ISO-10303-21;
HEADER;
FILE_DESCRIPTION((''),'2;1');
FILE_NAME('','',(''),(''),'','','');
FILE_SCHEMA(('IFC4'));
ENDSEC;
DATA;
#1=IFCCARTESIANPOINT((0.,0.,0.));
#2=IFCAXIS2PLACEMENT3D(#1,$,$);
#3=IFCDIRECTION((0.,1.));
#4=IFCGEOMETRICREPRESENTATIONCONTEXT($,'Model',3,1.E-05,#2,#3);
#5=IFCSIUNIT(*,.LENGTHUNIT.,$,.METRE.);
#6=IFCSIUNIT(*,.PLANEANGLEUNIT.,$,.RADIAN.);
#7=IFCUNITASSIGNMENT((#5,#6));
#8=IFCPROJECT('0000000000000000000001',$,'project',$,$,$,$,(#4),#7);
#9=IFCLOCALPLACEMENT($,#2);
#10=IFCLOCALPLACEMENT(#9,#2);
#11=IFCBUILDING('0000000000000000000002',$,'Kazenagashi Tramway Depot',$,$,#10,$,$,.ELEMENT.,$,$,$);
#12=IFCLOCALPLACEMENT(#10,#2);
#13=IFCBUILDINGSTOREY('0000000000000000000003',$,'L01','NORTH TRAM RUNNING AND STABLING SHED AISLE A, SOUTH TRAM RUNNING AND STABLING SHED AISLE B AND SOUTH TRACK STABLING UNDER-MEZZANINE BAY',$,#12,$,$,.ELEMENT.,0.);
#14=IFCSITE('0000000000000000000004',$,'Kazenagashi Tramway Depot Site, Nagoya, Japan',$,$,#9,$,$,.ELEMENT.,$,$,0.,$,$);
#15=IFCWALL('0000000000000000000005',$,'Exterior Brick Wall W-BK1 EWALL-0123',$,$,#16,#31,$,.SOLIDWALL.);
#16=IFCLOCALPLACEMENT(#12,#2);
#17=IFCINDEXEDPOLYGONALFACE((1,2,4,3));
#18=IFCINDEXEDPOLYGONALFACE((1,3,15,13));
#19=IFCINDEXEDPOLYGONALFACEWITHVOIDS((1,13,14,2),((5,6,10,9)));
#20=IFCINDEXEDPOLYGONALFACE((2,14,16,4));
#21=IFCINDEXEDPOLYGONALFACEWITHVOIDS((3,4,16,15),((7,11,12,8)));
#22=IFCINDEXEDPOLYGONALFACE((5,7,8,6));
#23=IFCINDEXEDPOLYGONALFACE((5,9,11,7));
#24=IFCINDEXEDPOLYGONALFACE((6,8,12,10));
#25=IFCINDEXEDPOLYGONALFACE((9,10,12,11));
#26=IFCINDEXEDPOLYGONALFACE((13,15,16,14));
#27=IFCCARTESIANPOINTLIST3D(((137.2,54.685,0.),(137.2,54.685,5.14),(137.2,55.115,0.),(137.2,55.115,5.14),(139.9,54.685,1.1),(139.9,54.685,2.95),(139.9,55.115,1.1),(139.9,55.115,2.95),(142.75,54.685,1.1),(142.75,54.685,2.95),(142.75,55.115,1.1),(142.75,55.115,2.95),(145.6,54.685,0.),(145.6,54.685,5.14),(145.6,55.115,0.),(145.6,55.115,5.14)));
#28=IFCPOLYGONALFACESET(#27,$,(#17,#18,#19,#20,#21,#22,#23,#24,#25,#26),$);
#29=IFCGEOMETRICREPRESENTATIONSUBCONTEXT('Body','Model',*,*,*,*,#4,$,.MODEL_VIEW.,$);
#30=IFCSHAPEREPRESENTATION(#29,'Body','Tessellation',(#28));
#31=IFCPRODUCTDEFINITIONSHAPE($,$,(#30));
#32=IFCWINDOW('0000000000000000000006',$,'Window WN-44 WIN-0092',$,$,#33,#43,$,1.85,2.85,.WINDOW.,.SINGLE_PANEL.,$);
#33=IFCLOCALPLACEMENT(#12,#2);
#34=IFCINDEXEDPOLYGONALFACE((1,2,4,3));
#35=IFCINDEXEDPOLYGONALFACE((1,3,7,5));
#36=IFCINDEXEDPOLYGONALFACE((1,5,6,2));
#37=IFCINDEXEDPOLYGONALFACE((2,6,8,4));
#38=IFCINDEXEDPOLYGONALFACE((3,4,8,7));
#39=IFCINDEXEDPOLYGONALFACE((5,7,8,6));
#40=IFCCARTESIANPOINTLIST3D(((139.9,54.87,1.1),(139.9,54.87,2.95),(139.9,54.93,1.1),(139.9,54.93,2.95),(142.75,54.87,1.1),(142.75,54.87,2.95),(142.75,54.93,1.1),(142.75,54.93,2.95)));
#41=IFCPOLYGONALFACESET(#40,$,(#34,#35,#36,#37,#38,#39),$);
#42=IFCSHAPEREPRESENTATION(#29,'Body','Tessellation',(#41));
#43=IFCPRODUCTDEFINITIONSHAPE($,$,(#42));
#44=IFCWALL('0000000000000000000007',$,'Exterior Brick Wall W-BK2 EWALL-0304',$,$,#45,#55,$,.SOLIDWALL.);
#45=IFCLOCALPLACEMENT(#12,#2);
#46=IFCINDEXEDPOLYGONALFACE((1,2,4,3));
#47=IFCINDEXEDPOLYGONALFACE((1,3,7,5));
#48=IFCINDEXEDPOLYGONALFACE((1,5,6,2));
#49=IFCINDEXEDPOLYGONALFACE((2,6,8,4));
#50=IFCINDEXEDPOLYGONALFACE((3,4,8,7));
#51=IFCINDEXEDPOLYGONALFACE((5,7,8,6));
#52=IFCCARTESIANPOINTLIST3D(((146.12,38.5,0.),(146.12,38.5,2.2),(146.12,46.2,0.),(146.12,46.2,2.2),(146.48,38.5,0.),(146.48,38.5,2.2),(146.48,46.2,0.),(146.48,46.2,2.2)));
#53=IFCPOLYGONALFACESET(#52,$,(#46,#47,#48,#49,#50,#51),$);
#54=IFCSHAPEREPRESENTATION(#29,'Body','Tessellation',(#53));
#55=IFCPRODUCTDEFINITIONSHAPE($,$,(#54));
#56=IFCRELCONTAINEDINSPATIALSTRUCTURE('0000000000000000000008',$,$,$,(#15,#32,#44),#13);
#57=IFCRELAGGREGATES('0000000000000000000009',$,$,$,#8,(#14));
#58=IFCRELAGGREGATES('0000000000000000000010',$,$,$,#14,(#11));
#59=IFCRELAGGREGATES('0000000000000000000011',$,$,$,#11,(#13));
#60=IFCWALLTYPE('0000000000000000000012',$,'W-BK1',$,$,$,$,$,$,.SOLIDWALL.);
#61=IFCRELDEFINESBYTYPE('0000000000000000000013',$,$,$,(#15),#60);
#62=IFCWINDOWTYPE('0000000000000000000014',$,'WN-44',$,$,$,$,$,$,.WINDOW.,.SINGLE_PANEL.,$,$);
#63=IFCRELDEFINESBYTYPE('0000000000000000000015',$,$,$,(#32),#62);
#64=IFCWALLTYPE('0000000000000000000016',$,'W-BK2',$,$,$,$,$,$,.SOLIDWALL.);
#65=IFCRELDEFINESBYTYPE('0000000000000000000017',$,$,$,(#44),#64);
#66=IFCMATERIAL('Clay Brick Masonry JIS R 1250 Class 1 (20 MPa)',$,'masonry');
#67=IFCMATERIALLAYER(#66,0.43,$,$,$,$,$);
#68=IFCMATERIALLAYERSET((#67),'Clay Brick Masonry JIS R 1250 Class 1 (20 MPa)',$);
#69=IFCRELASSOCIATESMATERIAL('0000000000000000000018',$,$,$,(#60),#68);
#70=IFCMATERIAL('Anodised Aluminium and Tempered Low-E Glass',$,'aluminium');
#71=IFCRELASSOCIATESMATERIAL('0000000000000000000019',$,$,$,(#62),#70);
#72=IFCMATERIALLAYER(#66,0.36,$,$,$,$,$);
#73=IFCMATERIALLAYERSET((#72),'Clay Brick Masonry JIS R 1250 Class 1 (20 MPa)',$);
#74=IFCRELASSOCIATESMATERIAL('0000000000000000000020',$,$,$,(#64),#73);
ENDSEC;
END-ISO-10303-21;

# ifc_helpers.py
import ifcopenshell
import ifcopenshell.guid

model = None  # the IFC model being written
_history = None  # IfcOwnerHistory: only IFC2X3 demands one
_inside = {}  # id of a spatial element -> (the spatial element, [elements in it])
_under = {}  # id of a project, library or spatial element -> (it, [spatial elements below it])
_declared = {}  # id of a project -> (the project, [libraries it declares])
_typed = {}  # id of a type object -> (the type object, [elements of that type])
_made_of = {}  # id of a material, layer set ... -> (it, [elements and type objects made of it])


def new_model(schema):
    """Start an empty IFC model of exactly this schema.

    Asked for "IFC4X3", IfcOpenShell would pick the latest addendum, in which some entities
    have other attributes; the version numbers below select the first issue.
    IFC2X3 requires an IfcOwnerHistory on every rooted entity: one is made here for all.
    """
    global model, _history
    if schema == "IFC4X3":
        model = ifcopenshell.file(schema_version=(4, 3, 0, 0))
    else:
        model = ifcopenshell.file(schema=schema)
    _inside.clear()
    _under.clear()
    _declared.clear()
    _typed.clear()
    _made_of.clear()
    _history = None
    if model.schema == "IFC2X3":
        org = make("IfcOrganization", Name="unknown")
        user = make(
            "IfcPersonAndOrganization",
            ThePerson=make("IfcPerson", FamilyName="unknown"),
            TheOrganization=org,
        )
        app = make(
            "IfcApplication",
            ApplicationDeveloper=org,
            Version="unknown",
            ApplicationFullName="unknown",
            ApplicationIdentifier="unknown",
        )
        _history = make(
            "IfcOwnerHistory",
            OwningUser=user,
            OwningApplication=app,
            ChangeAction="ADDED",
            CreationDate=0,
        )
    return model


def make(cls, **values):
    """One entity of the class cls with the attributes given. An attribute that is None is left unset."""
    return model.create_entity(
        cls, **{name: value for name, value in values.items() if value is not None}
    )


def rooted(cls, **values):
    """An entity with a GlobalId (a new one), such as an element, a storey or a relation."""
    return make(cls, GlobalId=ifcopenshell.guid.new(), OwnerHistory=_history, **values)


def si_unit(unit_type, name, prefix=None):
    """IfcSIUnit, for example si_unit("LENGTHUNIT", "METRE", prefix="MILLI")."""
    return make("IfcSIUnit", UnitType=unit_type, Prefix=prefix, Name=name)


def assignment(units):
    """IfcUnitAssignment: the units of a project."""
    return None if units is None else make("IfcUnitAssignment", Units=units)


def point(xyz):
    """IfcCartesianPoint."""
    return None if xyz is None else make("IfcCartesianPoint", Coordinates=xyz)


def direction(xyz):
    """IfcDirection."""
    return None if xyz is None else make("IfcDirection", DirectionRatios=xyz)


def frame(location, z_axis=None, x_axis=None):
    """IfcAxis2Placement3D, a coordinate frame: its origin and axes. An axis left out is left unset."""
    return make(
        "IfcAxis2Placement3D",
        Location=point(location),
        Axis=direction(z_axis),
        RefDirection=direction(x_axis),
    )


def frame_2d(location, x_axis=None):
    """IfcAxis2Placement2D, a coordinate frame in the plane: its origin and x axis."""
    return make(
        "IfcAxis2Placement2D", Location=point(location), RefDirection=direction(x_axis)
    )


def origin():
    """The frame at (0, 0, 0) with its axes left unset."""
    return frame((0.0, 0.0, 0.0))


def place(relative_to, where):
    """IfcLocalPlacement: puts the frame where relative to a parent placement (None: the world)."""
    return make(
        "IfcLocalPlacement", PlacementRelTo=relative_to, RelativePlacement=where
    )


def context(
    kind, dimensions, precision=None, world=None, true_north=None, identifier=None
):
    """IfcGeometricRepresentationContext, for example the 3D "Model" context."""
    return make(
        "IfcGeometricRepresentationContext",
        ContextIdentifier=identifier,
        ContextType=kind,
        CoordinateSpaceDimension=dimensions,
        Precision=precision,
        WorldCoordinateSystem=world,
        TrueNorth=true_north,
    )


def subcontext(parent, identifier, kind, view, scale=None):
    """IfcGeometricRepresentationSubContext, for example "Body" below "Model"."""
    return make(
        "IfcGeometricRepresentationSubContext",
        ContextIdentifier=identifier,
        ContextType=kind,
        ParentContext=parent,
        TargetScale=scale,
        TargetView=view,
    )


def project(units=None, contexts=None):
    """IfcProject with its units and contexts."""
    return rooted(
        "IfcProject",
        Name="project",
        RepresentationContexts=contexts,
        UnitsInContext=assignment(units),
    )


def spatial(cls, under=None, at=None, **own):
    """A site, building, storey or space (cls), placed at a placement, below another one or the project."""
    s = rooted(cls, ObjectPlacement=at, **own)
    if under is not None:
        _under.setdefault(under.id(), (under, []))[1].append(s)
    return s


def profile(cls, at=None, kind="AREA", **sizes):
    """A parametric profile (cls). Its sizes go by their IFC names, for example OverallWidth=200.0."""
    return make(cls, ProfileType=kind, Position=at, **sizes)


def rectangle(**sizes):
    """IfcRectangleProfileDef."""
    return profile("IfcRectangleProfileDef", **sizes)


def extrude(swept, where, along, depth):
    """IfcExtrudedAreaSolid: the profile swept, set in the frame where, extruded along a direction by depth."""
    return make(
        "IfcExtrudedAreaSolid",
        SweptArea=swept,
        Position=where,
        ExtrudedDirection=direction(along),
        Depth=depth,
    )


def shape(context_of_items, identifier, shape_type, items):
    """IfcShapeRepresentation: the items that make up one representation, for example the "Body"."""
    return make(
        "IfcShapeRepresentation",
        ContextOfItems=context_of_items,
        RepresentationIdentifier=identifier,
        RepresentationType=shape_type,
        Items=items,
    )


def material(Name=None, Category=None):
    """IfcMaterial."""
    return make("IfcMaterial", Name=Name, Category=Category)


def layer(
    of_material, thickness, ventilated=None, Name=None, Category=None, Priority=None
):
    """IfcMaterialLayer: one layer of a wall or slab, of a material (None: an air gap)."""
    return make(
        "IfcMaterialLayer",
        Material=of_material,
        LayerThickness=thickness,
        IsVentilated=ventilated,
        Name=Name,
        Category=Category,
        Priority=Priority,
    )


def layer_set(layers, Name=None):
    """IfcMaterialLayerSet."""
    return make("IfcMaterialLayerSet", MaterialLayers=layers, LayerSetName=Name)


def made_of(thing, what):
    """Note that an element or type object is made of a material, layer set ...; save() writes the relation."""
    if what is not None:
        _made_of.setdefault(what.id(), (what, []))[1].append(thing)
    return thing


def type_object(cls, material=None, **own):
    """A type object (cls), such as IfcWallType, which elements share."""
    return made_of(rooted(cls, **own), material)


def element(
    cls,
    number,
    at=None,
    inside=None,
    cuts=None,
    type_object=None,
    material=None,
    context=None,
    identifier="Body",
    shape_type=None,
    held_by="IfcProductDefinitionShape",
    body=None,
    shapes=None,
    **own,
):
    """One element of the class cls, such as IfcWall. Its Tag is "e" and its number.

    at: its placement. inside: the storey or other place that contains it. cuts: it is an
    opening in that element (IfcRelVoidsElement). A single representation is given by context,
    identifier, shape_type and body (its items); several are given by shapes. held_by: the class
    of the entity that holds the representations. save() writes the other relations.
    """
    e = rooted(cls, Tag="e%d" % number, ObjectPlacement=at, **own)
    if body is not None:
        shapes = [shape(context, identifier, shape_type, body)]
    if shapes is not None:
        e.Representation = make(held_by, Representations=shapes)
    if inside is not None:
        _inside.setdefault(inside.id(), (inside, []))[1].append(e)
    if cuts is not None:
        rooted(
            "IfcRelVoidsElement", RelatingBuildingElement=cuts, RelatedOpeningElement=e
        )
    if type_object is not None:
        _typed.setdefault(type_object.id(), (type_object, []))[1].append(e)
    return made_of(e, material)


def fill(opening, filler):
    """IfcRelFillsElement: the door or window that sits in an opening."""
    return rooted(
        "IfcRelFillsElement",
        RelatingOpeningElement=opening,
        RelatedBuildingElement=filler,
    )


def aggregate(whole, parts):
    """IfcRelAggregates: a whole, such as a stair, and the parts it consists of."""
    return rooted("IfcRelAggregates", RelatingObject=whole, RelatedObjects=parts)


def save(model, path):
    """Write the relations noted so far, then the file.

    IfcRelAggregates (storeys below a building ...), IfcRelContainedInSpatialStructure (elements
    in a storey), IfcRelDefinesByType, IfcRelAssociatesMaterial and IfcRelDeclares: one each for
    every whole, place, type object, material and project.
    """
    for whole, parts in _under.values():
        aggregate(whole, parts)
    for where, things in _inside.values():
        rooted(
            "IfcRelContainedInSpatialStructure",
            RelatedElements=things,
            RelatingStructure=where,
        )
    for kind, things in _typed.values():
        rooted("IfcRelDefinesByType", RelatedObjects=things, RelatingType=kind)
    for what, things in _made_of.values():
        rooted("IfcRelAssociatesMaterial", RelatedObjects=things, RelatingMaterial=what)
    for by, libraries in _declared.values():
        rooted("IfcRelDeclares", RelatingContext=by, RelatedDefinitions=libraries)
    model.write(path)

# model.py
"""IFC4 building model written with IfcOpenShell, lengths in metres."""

from ifc_helpers import new_model, si_unit, direction, frame, frame_2d, origin, place, context, subcontext, project, spatial, rectangle, extrude, material, layer, layer_set, type_object, element, fill, save


model = new_model("IFC4")

# Units and contexts
model_context = context("Model", 3, precision=1e-05, world=origin(), true_north=direction((0.0, 1.0)))
body_context = subcontext(model_context, "Body", "Model", "MODEL_VIEW")
ifc_project = project(units=[si_unit("LENGTHUNIT", "METRE"), si_unit("PLANEANGLEUNIT", "RADIAN")], contexts=[model_context])

# Site, building, storey
site_placement = place(None, origin())
site = spatial("IfcSite", under=ifc_project, at=site_placement, Name="Kazenagashi Tramway Depot Site, Nagoya, Japan", CompositionType="ELEMENT", RefElevation=0.0)
building_placement = place(site_placement, origin())
building = spatial("IfcBuilding", under=site, at=building_placement, Name="Kazenagashi Tramway Depot", CompositionType="ELEMENT")
storey_placement = place(building_placement, origin())
storey = spatial("IfcBuildingStorey", under=building, at=storey_placement, Name="L01", Description="NORTH TRAM RUNNING AND STABLING SHED AISLE A, SOUTH TRAM RUNNING AND STABLING SHED AISLE B AND SOUTH TRACK STABLING UNDER-MEZZANINE BAY", CompositionType="ELEMENT", Elevation=0.0)

# Wall, opening, window
ifc_material_1 = material(Name="Clay Brick Masonry JIS R 1250 Class 1 (20 MPa)", Category="masonry")
ifc_layer_1 = layer(ifc_material_1, 0.43)
ifc_layer_set_1 = layer_set([ifc_layer_1], Name="Clay Brick Masonry JIS R 1250 Class 1 (20 MPa)")
wall_type_1 = type_object("IfcWallType", Name="W-BK1", PredefinedType="SOLIDWALL", material=ifc_layer_set_1)
wall_1_placement = place(storey_placement, frame((137.2, 54.9, 0.0), z_axis=(0.0, 0.0, 1.0), x_axis=(1.0, 0.0, 0.0)))
wall_1 = element("IfcWall", 1, at=wall_1_placement, inside=storey, type_object=wall_type_1, Name="Exterior Brick Wall W-BK1 EWALL-0123", PredefinedType="SOLIDWALL", context=body_context, shape_type="SweptSolid", body=[
    extrude(rectangle(XDim=8.4, YDim=0.43, at=frame_2d((4.2, 0.0))), origin(), (0.0, 0.0, 1.0), 5.14),
])
opening_placement = place(wall_1_placement, frame((2.7, 0.0, 1.1)))
opening = element("IfcOpeningElement", 2, at=opening_placement, cuts=wall_1, PredefinedType="OPENING", context=body_context, shape_type="SweptSolid", body=[
    extrude(rectangle(XDim=2.85, YDim=1.85, at=frame_2d((1.425, 0.925))), frame((0.0, 0.225, 0.0), z_axis=(0.0, -1.0, 0.0), x_axis=(1.0, 0.0, 0.0)), (0.0, 0.0, 1.0), 0.45),
])
ifc_material_2 = material(Name="Anodised Aluminium and Tempered Low-E Glass", Category="aluminium")
window_type = type_object("IfcWindowType", Name="WN-44", PartitioningType="SINGLE_PANEL", PredefinedType="WINDOW", material=ifc_material_2)
window_placement = place(opening_placement, origin())
window = element("IfcWindow", 3, at=window_placement, inside=storey, type_object=window_type, Name="Window WN-44 WIN-0092", OverallHeight=1.85, OverallWidth=2.85, PartitioningType="SINGLE_PANEL", PredefinedType="WINDOW", context=body_context, shape_type="SweptSolid", body=[
    extrude(rectangle(XDim=2.85, YDim=1.85, at=frame_2d((1.425, 0.925))), frame((0.0, 0.03, 0.0), z_axis=(0.0, -1.0, 0.0), x_axis=(1.0, 0.0, 0.0)), (0.0, 0.0, 1.0), 0.06),
])
fill(opening, window)

# Wall
ifc_layer_2 = layer(ifc_material_1, 0.36)
ifc_layer_set_2 = layer_set([ifc_layer_2], Name="Clay Brick Masonry JIS R 1250 Class 1 (20 MPa)")
wall_type_2 = type_object("IfcWallType", Name="W-BK2", PredefinedType="SOLIDWALL", material=ifc_layer_set_2)
wall_2_placement = place(storey_placement, frame((146.3, 38.5, 0.0), z_axis=(0.0, 0.0, 1.0), x_axis=(0.0, 1.0, 0.0)))
element("IfcWall", 4, at=wall_2_placement, inside=storey, type_object=wall_type_2, Name="Exterior Brick Wall W-BK2 EWALL-0304", PredefinedType="SOLIDWALL", context=body_context, shape_type="SweptSolid", body=[
    extrude(rectangle(XDim=7.7, YDim=0.36, at=frame_2d((3.85, 0.0))), origin(), (0.0, 0.0, 1.0), 2.2),
])

save(model, "model.ifc")
